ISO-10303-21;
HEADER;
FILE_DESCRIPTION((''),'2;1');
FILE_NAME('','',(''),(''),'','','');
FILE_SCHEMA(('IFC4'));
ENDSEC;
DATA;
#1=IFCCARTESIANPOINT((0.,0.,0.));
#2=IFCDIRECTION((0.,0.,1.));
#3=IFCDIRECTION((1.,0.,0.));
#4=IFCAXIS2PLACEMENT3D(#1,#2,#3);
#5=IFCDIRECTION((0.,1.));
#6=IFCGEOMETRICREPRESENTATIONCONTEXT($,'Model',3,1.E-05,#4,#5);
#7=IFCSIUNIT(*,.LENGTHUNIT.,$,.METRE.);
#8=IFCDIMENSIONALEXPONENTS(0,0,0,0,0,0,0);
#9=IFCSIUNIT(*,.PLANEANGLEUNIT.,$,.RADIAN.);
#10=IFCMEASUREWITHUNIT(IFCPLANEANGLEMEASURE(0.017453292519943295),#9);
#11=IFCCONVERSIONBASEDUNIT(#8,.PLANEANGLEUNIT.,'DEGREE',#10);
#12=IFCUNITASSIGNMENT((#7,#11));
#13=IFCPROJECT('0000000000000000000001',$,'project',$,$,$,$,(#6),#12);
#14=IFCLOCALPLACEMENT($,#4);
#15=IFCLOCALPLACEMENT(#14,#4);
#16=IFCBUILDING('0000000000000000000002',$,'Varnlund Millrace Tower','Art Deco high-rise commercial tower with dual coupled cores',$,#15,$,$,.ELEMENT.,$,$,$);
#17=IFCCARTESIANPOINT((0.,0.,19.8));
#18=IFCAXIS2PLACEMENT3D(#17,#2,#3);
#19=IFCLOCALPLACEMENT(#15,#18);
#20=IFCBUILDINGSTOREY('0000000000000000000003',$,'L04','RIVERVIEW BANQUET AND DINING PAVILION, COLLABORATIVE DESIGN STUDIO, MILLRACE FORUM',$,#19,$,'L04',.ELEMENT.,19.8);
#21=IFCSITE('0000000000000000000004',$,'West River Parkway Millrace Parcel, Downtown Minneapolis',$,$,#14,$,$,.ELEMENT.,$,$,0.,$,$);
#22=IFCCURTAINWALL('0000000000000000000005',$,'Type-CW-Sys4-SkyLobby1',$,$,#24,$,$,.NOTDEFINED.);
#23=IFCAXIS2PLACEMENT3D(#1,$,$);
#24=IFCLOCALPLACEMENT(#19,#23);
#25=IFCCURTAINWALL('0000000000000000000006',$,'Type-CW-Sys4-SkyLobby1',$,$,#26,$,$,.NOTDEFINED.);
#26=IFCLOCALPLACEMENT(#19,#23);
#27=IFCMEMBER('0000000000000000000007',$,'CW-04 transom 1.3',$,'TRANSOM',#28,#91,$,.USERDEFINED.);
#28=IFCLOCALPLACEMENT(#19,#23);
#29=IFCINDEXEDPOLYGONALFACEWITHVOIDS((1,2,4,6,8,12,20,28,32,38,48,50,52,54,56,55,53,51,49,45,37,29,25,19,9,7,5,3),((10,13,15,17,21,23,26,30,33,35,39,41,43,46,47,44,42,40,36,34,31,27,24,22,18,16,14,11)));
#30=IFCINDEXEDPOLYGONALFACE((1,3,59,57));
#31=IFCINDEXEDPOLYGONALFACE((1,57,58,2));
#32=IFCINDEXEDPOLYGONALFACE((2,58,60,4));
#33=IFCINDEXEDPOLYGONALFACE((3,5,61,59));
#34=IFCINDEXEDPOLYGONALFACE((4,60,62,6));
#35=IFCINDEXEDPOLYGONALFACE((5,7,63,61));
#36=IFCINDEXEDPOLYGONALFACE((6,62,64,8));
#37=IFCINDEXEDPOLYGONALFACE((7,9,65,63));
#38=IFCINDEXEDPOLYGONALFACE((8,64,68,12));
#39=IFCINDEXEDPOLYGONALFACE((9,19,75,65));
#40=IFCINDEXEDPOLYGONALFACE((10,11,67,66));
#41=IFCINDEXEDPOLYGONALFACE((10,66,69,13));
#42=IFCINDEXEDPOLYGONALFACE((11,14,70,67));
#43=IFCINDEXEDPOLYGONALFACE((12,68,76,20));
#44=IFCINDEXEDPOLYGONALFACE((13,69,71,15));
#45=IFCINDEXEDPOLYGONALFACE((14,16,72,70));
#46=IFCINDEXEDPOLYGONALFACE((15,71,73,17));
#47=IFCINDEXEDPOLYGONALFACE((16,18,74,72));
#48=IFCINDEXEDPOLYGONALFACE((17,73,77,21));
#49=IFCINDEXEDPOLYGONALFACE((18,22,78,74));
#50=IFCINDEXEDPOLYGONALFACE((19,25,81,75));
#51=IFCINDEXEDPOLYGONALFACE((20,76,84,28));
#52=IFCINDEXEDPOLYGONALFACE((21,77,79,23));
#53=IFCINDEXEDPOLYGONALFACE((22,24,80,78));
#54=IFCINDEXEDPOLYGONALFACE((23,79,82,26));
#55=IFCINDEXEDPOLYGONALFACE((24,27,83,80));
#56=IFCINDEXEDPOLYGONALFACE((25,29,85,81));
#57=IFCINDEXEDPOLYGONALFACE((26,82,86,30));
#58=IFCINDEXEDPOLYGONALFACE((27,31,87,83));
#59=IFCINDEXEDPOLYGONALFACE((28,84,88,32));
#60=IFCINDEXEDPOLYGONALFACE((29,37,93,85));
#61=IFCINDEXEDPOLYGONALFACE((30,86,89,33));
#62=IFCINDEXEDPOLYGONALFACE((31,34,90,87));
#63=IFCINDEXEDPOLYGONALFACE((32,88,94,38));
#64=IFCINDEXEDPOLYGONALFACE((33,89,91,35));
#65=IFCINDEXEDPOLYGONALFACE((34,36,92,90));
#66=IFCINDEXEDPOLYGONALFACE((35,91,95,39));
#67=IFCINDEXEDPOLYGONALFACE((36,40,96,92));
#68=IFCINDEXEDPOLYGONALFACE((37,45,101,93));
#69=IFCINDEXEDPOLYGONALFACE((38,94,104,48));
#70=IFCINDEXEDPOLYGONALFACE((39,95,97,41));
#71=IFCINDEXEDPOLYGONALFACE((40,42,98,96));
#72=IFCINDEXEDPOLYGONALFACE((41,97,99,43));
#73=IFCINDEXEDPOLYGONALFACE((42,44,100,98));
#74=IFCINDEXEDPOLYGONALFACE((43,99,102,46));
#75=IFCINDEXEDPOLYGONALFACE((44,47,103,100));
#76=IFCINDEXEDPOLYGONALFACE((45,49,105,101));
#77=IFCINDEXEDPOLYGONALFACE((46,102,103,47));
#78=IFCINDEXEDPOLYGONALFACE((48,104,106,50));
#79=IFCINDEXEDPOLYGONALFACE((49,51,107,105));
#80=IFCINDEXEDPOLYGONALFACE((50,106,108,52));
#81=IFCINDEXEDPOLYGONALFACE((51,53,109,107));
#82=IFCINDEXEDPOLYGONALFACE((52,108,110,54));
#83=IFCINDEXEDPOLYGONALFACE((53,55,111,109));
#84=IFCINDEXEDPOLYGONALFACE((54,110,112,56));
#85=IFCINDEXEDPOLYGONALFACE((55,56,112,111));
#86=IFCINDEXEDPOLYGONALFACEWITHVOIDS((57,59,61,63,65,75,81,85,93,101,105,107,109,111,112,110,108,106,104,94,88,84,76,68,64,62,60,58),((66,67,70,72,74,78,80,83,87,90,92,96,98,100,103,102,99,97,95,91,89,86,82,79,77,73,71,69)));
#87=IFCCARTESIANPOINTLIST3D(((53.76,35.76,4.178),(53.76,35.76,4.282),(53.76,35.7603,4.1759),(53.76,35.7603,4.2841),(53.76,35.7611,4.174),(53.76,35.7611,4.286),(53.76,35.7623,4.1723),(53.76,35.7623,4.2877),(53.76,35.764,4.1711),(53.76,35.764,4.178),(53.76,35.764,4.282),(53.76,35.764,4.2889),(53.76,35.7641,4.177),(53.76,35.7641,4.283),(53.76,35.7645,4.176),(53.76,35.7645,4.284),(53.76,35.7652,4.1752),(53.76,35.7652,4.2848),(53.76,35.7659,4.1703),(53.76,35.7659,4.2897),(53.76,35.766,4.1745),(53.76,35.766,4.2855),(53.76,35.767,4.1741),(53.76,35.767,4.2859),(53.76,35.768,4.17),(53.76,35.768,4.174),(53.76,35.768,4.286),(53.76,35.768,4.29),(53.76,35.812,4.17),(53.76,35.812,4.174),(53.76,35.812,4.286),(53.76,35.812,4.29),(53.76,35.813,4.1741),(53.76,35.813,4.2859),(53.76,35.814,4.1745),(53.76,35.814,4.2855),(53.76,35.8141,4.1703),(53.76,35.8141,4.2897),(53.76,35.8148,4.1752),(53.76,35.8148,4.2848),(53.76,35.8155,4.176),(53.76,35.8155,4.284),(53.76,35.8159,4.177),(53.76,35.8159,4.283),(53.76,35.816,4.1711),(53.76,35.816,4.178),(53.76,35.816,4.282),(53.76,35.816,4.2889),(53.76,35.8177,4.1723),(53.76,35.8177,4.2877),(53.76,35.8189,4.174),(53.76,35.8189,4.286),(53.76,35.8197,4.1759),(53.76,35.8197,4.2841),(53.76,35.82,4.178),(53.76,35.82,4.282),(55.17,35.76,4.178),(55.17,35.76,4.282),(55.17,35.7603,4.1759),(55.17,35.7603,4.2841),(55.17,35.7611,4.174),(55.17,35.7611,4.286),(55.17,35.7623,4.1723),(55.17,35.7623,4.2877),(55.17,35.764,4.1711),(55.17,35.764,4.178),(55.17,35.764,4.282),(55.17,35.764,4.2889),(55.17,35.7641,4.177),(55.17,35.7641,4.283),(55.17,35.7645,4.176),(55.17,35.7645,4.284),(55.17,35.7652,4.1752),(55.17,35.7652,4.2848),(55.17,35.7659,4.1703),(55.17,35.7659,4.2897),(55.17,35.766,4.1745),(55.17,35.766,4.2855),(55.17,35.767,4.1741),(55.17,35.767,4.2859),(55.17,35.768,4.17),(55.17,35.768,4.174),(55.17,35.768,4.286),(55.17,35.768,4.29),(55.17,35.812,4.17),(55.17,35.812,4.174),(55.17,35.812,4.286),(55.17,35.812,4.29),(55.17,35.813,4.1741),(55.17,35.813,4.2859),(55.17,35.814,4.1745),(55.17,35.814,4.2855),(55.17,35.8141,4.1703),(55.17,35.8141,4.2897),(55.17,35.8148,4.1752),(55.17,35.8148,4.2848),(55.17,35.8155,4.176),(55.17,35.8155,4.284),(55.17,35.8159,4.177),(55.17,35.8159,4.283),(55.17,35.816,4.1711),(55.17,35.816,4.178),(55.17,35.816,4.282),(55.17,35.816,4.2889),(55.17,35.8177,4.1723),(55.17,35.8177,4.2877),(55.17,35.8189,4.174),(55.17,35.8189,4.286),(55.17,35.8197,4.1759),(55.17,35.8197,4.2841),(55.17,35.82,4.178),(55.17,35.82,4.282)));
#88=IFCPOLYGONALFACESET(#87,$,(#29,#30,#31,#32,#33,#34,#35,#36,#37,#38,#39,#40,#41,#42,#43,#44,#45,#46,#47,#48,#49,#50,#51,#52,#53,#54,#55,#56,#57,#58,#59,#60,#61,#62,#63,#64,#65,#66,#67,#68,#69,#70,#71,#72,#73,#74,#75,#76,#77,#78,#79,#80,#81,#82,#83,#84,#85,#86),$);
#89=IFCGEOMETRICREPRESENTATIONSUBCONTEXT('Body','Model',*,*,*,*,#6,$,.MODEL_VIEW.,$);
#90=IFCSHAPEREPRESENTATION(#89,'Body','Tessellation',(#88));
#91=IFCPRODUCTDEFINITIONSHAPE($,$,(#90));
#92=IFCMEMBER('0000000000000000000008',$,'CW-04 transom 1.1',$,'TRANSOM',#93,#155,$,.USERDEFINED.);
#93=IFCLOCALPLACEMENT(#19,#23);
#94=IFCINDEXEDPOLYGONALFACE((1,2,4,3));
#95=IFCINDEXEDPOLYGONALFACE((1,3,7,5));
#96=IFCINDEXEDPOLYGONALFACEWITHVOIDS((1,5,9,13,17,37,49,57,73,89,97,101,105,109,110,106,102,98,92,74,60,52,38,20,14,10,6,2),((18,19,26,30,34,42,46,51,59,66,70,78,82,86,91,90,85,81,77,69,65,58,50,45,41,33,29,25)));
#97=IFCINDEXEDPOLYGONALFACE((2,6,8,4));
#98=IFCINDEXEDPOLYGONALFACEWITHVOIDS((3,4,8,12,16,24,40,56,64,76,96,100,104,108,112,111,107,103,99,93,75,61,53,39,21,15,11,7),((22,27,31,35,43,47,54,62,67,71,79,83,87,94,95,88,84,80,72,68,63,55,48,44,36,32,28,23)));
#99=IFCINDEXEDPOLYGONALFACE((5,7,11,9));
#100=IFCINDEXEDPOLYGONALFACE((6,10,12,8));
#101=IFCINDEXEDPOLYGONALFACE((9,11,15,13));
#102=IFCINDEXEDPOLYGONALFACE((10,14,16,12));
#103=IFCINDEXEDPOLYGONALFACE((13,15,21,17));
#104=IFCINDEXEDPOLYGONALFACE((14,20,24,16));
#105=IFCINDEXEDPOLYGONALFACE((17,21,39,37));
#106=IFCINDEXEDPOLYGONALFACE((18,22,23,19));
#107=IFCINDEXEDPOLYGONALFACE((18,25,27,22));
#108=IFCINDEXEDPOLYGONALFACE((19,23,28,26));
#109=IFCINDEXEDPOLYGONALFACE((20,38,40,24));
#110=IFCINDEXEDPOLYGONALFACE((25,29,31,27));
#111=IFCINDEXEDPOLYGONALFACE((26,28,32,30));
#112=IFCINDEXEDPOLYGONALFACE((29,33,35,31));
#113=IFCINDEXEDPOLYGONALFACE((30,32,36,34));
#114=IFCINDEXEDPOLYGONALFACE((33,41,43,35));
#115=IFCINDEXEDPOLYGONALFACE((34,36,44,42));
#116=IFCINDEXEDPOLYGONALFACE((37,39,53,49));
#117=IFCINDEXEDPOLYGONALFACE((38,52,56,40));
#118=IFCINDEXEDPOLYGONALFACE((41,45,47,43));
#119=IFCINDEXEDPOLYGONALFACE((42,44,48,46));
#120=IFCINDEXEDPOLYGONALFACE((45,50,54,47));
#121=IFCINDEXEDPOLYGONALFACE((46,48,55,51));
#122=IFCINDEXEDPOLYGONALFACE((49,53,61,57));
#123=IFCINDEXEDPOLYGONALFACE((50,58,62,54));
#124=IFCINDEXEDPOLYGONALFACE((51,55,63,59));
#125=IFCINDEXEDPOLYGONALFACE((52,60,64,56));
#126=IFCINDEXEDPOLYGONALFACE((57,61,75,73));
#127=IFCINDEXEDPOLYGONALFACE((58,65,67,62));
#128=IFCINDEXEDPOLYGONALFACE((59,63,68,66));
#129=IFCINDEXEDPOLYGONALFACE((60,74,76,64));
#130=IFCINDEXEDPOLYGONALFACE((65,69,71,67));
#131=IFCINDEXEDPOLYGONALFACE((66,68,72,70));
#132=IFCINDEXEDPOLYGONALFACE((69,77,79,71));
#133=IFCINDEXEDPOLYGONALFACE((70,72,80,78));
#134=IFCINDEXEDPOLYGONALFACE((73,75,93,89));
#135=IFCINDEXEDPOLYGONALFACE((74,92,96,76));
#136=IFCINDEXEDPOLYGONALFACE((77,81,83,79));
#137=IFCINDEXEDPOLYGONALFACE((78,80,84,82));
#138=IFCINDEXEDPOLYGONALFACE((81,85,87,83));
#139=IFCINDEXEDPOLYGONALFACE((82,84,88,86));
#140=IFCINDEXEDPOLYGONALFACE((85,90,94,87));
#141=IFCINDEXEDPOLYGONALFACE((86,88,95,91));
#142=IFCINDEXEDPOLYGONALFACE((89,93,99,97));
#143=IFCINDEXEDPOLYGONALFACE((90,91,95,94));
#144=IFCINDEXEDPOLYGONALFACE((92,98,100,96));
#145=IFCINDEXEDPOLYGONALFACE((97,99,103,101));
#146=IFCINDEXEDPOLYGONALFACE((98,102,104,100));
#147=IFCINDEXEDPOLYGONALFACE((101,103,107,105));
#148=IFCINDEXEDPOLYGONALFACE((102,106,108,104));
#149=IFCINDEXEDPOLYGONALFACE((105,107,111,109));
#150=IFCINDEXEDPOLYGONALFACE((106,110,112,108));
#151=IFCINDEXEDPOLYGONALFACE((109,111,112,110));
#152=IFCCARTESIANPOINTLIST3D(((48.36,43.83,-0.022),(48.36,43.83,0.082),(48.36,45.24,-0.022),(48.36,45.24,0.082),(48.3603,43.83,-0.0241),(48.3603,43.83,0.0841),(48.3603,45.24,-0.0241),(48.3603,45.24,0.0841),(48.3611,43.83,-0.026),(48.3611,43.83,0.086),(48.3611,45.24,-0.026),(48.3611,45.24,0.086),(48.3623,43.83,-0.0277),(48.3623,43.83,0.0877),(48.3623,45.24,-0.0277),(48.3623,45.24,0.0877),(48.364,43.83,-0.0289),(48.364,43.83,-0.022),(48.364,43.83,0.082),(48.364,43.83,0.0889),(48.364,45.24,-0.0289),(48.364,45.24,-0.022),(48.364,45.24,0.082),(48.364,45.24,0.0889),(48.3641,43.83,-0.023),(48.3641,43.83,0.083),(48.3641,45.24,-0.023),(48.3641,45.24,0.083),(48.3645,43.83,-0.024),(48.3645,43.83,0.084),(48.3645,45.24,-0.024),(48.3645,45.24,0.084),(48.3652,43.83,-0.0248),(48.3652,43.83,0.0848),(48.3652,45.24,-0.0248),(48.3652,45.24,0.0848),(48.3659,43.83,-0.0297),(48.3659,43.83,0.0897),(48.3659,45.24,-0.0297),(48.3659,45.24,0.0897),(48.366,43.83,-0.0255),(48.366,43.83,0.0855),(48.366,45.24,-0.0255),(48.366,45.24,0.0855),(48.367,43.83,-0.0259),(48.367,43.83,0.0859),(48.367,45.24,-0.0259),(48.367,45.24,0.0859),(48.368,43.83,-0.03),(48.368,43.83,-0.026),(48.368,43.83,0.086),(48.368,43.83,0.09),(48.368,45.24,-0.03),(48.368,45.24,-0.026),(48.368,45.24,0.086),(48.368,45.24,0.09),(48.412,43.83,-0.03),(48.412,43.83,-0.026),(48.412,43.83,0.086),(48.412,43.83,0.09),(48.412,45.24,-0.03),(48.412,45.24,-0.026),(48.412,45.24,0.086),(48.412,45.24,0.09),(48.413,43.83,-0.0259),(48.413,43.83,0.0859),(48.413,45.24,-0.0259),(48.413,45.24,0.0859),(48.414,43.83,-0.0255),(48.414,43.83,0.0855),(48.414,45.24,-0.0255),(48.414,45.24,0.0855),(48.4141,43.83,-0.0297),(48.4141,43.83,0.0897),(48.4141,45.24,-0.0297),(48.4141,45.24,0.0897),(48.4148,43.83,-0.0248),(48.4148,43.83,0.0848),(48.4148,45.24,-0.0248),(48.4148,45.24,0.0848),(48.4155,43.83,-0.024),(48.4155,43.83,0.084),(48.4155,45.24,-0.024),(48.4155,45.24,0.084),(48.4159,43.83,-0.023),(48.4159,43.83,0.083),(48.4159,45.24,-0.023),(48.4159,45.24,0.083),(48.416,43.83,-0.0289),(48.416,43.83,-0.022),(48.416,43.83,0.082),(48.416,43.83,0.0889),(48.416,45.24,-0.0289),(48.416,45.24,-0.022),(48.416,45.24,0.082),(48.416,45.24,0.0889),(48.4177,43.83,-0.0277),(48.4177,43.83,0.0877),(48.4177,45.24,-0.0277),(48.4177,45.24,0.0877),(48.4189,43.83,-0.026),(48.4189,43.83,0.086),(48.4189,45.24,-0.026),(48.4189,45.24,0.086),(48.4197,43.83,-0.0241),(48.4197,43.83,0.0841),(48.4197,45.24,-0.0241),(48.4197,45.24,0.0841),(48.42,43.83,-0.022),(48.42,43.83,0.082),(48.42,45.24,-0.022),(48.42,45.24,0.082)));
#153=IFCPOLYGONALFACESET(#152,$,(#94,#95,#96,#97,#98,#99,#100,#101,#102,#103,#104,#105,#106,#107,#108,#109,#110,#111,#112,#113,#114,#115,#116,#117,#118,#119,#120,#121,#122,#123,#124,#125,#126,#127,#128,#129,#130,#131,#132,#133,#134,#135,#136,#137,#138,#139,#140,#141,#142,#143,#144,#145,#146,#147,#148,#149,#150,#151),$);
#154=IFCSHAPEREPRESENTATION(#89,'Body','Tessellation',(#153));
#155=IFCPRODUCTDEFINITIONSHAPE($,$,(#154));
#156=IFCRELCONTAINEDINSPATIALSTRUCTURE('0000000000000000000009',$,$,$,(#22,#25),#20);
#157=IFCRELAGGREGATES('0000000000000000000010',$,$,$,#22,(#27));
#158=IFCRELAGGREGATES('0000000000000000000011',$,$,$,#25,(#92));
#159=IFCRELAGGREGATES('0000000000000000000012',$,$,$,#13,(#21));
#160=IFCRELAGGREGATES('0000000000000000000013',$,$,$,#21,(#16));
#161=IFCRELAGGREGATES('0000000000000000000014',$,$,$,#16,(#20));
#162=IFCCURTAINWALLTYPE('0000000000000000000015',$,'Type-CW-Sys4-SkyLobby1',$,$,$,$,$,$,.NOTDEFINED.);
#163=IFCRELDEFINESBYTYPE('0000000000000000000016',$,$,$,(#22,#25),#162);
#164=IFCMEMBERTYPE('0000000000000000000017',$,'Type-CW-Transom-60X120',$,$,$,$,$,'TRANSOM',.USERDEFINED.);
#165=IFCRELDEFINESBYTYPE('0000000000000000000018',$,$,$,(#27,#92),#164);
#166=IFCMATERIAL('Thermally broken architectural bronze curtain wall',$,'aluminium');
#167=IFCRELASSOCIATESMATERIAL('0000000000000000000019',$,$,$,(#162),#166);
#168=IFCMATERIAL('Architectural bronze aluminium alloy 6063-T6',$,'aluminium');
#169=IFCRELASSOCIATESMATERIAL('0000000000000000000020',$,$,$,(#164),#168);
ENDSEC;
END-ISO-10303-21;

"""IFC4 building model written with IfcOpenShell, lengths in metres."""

from ifc_helpers import new_model, entity, si_unit, converted_unit, direction, frame, origin_with_axes, origin_2d_with_axis, place, context, subcontext, project, spatial, hollow_rectangle, extrude, material, material_profile, profile_set, type_object, element, aggregate, save


model = new_model("IFC4")

# Units and contexts
model_context = context("Model", 3, precision=1e-05, world=origin_with_axes(), true_north=direction((0.0, 1.0)))
body_context = subcontext(model_context, "Body", "Model", "MODEL_VIEW")
ifc_project = project(units=[si_unit("LENGTHUNIT", "METRE"), converted_unit("PLANEANGLEUNIT", "DEGREE", entity("IfcPlaneAngleMeasure", 0.017453292519943295), si_unit("PLANEANGLEUNIT", "RADIAN"), dimensions=[0, 0, 0, 0, 0, 0, 0])], contexts=[model_context])

# Site, building, storey
site_placement = place(None, origin_with_axes())
site = spatial("IfcSite", under=ifc_project, at=site_placement, Name="West River Parkway Millrace Parcel, Downtown Minneapolis", CompositionType="ELEMENT", RefElevation=0.0)
building_placement = place(site_placement, origin_with_axes())
building = spatial("IfcBuilding", under=site, at=building_placement, Name="Varnlund Millrace Tower", Description="Art Deco high-rise commercial tower with dual coupled cores", CompositionType="ELEMENT")
storey_placement = place(building_placement, frame((0.0, 0.0, 19.8), z_axis=(0.0, 0.0, 1.0), x_axis=(1.0, 0.0, 0.0)))
storey = spatial("IfcBuildingStorey", under=building, at=storey_placement, Name="L04", Description="RIVERVIEW BANQUET AND DINING PAVILION, COLLABORATIVE DESIGN STUDIO, MILLRACE FORUM", LongName="L04", CompositionType="ELEMENT", Elevation=19.8)

# Curtain wall
ifc_material_1 = material(Name="Thermally broken architectural bronze curtain wall", Category="aluminium")
curtain_wall_type = type_object("IfcCurtainWallType", Name="Type-CW-Sys4-SkyLobby1", PredefinedType="NOTDEFINED", material=ifc_material_1)
curtain_wall_1_placement = place(storey_placement, frame((53.7, 35.79, 0.0), z_axis=(0.0, 0.0, 1.0), x_axis=(1.0, 0.0, 0.0)))
curtain_wall_1 = element("IfcCurtainWall", 1, at=curtain_wall_1_placement, inside=storey, type_object=curtain_wall_type, Name="Type-CW-Sys4-SkyLobby1", PredefinedType="NOTDEFINED")
ifc_material_2 = material(Name="Architectural bronze aluminium alloy 6063-T6", Category="aluminium")

# Curtain wall
curtain_wall_2_placement = place(storey_placement, frame((48.39, 45.3, 0.0), z_axis=(0.0, 0.0, 1.0), x_axis=(1.0, 0.0, 0.0)))
curtain_wall_2 = element("IfcCurtainWall", 2, at=curtain_wall_2_placement, inside=storey, type_object=curtain_wall_type, Name="Type-CW-Sys4-SkyLobby1", PredefinedType="NOTDEFINED")

# Members
ifc_material_profile_1 = material_profile(ifc_material_2, hollow_rectangle(XDim=0.06, YDim=0.12, WallThickness=0.004, InnerFilletRadius=0.004, OuterFilletRadius=0.008, at=origin_2d_with_axis()), Name="Architectural bronze aluminium alloy 6063-T6")
ifc_profile_set_1 = profile_set([ifc_material_profile_1], Name="Architectural bronze aluminium alloy 6063-T6")
member_type_1 = type_object("IfcMemberType", Name="Type-CW-Transom-60X120", ElementType="TRANSOM", PredefinedType="USERDEFINED", material=ifc_profile_set_1)
member_1_placement = place(storey_placement, frame((53.76, 35.79, 4.23), z_axis=(1.0, 0.0, 0.0), x_axis=(0.0, 1.0, 0.0)))
member_1 = element("IfcMember", 3, at=member_1_placement, type_object=member_type_1, Name="CW-04 transom 1.3", ObjectType="TRANSOM", PredefinedType="USERDEFINED", context=body_context, shape_type="SweptSolid", body=[
    extrude(hollow_rectangle(XDim=0.06, YDim=0.12, WallThickness=0.004, InnerFilletRadius=0.004, OuterFilletRadius=0.008, at=origin_2d_with_axis()), origin_with_axes(), (0.0, 0.0, 1.0), 1.41),
])
member_2_placement = place(storey_placement, frame((48.39, 45.24, 0.03), z_axis=(0.0, -1.0, 0.0), x_axis=(1.0, 0.0, 0.0)))
member_2 = element("IfcMember", 4, at=member_2_placement, type_object=member_type_1, Name="CW-04 transom 1.1", ObjectType="TRANSOM", PredefinedType="USERDEFINED", context=body_context, shape_type="SweptSolid", body=[
    extrude(hollow_rectangle(XDim=0.06, YDim=0.12, WallThickness=0.004, InnerFilletRadius=0.004, OuterFilletRadius=0.008, at=origin_2d_with_axis()), origin_with_axes(), (0.0, 0.0, 1.0), 1.41),
])

aggregate(curtain_wall_1, [member_1])
aggregate(curtain_wall_2, [member_2])

save(model, "model.ifc")
